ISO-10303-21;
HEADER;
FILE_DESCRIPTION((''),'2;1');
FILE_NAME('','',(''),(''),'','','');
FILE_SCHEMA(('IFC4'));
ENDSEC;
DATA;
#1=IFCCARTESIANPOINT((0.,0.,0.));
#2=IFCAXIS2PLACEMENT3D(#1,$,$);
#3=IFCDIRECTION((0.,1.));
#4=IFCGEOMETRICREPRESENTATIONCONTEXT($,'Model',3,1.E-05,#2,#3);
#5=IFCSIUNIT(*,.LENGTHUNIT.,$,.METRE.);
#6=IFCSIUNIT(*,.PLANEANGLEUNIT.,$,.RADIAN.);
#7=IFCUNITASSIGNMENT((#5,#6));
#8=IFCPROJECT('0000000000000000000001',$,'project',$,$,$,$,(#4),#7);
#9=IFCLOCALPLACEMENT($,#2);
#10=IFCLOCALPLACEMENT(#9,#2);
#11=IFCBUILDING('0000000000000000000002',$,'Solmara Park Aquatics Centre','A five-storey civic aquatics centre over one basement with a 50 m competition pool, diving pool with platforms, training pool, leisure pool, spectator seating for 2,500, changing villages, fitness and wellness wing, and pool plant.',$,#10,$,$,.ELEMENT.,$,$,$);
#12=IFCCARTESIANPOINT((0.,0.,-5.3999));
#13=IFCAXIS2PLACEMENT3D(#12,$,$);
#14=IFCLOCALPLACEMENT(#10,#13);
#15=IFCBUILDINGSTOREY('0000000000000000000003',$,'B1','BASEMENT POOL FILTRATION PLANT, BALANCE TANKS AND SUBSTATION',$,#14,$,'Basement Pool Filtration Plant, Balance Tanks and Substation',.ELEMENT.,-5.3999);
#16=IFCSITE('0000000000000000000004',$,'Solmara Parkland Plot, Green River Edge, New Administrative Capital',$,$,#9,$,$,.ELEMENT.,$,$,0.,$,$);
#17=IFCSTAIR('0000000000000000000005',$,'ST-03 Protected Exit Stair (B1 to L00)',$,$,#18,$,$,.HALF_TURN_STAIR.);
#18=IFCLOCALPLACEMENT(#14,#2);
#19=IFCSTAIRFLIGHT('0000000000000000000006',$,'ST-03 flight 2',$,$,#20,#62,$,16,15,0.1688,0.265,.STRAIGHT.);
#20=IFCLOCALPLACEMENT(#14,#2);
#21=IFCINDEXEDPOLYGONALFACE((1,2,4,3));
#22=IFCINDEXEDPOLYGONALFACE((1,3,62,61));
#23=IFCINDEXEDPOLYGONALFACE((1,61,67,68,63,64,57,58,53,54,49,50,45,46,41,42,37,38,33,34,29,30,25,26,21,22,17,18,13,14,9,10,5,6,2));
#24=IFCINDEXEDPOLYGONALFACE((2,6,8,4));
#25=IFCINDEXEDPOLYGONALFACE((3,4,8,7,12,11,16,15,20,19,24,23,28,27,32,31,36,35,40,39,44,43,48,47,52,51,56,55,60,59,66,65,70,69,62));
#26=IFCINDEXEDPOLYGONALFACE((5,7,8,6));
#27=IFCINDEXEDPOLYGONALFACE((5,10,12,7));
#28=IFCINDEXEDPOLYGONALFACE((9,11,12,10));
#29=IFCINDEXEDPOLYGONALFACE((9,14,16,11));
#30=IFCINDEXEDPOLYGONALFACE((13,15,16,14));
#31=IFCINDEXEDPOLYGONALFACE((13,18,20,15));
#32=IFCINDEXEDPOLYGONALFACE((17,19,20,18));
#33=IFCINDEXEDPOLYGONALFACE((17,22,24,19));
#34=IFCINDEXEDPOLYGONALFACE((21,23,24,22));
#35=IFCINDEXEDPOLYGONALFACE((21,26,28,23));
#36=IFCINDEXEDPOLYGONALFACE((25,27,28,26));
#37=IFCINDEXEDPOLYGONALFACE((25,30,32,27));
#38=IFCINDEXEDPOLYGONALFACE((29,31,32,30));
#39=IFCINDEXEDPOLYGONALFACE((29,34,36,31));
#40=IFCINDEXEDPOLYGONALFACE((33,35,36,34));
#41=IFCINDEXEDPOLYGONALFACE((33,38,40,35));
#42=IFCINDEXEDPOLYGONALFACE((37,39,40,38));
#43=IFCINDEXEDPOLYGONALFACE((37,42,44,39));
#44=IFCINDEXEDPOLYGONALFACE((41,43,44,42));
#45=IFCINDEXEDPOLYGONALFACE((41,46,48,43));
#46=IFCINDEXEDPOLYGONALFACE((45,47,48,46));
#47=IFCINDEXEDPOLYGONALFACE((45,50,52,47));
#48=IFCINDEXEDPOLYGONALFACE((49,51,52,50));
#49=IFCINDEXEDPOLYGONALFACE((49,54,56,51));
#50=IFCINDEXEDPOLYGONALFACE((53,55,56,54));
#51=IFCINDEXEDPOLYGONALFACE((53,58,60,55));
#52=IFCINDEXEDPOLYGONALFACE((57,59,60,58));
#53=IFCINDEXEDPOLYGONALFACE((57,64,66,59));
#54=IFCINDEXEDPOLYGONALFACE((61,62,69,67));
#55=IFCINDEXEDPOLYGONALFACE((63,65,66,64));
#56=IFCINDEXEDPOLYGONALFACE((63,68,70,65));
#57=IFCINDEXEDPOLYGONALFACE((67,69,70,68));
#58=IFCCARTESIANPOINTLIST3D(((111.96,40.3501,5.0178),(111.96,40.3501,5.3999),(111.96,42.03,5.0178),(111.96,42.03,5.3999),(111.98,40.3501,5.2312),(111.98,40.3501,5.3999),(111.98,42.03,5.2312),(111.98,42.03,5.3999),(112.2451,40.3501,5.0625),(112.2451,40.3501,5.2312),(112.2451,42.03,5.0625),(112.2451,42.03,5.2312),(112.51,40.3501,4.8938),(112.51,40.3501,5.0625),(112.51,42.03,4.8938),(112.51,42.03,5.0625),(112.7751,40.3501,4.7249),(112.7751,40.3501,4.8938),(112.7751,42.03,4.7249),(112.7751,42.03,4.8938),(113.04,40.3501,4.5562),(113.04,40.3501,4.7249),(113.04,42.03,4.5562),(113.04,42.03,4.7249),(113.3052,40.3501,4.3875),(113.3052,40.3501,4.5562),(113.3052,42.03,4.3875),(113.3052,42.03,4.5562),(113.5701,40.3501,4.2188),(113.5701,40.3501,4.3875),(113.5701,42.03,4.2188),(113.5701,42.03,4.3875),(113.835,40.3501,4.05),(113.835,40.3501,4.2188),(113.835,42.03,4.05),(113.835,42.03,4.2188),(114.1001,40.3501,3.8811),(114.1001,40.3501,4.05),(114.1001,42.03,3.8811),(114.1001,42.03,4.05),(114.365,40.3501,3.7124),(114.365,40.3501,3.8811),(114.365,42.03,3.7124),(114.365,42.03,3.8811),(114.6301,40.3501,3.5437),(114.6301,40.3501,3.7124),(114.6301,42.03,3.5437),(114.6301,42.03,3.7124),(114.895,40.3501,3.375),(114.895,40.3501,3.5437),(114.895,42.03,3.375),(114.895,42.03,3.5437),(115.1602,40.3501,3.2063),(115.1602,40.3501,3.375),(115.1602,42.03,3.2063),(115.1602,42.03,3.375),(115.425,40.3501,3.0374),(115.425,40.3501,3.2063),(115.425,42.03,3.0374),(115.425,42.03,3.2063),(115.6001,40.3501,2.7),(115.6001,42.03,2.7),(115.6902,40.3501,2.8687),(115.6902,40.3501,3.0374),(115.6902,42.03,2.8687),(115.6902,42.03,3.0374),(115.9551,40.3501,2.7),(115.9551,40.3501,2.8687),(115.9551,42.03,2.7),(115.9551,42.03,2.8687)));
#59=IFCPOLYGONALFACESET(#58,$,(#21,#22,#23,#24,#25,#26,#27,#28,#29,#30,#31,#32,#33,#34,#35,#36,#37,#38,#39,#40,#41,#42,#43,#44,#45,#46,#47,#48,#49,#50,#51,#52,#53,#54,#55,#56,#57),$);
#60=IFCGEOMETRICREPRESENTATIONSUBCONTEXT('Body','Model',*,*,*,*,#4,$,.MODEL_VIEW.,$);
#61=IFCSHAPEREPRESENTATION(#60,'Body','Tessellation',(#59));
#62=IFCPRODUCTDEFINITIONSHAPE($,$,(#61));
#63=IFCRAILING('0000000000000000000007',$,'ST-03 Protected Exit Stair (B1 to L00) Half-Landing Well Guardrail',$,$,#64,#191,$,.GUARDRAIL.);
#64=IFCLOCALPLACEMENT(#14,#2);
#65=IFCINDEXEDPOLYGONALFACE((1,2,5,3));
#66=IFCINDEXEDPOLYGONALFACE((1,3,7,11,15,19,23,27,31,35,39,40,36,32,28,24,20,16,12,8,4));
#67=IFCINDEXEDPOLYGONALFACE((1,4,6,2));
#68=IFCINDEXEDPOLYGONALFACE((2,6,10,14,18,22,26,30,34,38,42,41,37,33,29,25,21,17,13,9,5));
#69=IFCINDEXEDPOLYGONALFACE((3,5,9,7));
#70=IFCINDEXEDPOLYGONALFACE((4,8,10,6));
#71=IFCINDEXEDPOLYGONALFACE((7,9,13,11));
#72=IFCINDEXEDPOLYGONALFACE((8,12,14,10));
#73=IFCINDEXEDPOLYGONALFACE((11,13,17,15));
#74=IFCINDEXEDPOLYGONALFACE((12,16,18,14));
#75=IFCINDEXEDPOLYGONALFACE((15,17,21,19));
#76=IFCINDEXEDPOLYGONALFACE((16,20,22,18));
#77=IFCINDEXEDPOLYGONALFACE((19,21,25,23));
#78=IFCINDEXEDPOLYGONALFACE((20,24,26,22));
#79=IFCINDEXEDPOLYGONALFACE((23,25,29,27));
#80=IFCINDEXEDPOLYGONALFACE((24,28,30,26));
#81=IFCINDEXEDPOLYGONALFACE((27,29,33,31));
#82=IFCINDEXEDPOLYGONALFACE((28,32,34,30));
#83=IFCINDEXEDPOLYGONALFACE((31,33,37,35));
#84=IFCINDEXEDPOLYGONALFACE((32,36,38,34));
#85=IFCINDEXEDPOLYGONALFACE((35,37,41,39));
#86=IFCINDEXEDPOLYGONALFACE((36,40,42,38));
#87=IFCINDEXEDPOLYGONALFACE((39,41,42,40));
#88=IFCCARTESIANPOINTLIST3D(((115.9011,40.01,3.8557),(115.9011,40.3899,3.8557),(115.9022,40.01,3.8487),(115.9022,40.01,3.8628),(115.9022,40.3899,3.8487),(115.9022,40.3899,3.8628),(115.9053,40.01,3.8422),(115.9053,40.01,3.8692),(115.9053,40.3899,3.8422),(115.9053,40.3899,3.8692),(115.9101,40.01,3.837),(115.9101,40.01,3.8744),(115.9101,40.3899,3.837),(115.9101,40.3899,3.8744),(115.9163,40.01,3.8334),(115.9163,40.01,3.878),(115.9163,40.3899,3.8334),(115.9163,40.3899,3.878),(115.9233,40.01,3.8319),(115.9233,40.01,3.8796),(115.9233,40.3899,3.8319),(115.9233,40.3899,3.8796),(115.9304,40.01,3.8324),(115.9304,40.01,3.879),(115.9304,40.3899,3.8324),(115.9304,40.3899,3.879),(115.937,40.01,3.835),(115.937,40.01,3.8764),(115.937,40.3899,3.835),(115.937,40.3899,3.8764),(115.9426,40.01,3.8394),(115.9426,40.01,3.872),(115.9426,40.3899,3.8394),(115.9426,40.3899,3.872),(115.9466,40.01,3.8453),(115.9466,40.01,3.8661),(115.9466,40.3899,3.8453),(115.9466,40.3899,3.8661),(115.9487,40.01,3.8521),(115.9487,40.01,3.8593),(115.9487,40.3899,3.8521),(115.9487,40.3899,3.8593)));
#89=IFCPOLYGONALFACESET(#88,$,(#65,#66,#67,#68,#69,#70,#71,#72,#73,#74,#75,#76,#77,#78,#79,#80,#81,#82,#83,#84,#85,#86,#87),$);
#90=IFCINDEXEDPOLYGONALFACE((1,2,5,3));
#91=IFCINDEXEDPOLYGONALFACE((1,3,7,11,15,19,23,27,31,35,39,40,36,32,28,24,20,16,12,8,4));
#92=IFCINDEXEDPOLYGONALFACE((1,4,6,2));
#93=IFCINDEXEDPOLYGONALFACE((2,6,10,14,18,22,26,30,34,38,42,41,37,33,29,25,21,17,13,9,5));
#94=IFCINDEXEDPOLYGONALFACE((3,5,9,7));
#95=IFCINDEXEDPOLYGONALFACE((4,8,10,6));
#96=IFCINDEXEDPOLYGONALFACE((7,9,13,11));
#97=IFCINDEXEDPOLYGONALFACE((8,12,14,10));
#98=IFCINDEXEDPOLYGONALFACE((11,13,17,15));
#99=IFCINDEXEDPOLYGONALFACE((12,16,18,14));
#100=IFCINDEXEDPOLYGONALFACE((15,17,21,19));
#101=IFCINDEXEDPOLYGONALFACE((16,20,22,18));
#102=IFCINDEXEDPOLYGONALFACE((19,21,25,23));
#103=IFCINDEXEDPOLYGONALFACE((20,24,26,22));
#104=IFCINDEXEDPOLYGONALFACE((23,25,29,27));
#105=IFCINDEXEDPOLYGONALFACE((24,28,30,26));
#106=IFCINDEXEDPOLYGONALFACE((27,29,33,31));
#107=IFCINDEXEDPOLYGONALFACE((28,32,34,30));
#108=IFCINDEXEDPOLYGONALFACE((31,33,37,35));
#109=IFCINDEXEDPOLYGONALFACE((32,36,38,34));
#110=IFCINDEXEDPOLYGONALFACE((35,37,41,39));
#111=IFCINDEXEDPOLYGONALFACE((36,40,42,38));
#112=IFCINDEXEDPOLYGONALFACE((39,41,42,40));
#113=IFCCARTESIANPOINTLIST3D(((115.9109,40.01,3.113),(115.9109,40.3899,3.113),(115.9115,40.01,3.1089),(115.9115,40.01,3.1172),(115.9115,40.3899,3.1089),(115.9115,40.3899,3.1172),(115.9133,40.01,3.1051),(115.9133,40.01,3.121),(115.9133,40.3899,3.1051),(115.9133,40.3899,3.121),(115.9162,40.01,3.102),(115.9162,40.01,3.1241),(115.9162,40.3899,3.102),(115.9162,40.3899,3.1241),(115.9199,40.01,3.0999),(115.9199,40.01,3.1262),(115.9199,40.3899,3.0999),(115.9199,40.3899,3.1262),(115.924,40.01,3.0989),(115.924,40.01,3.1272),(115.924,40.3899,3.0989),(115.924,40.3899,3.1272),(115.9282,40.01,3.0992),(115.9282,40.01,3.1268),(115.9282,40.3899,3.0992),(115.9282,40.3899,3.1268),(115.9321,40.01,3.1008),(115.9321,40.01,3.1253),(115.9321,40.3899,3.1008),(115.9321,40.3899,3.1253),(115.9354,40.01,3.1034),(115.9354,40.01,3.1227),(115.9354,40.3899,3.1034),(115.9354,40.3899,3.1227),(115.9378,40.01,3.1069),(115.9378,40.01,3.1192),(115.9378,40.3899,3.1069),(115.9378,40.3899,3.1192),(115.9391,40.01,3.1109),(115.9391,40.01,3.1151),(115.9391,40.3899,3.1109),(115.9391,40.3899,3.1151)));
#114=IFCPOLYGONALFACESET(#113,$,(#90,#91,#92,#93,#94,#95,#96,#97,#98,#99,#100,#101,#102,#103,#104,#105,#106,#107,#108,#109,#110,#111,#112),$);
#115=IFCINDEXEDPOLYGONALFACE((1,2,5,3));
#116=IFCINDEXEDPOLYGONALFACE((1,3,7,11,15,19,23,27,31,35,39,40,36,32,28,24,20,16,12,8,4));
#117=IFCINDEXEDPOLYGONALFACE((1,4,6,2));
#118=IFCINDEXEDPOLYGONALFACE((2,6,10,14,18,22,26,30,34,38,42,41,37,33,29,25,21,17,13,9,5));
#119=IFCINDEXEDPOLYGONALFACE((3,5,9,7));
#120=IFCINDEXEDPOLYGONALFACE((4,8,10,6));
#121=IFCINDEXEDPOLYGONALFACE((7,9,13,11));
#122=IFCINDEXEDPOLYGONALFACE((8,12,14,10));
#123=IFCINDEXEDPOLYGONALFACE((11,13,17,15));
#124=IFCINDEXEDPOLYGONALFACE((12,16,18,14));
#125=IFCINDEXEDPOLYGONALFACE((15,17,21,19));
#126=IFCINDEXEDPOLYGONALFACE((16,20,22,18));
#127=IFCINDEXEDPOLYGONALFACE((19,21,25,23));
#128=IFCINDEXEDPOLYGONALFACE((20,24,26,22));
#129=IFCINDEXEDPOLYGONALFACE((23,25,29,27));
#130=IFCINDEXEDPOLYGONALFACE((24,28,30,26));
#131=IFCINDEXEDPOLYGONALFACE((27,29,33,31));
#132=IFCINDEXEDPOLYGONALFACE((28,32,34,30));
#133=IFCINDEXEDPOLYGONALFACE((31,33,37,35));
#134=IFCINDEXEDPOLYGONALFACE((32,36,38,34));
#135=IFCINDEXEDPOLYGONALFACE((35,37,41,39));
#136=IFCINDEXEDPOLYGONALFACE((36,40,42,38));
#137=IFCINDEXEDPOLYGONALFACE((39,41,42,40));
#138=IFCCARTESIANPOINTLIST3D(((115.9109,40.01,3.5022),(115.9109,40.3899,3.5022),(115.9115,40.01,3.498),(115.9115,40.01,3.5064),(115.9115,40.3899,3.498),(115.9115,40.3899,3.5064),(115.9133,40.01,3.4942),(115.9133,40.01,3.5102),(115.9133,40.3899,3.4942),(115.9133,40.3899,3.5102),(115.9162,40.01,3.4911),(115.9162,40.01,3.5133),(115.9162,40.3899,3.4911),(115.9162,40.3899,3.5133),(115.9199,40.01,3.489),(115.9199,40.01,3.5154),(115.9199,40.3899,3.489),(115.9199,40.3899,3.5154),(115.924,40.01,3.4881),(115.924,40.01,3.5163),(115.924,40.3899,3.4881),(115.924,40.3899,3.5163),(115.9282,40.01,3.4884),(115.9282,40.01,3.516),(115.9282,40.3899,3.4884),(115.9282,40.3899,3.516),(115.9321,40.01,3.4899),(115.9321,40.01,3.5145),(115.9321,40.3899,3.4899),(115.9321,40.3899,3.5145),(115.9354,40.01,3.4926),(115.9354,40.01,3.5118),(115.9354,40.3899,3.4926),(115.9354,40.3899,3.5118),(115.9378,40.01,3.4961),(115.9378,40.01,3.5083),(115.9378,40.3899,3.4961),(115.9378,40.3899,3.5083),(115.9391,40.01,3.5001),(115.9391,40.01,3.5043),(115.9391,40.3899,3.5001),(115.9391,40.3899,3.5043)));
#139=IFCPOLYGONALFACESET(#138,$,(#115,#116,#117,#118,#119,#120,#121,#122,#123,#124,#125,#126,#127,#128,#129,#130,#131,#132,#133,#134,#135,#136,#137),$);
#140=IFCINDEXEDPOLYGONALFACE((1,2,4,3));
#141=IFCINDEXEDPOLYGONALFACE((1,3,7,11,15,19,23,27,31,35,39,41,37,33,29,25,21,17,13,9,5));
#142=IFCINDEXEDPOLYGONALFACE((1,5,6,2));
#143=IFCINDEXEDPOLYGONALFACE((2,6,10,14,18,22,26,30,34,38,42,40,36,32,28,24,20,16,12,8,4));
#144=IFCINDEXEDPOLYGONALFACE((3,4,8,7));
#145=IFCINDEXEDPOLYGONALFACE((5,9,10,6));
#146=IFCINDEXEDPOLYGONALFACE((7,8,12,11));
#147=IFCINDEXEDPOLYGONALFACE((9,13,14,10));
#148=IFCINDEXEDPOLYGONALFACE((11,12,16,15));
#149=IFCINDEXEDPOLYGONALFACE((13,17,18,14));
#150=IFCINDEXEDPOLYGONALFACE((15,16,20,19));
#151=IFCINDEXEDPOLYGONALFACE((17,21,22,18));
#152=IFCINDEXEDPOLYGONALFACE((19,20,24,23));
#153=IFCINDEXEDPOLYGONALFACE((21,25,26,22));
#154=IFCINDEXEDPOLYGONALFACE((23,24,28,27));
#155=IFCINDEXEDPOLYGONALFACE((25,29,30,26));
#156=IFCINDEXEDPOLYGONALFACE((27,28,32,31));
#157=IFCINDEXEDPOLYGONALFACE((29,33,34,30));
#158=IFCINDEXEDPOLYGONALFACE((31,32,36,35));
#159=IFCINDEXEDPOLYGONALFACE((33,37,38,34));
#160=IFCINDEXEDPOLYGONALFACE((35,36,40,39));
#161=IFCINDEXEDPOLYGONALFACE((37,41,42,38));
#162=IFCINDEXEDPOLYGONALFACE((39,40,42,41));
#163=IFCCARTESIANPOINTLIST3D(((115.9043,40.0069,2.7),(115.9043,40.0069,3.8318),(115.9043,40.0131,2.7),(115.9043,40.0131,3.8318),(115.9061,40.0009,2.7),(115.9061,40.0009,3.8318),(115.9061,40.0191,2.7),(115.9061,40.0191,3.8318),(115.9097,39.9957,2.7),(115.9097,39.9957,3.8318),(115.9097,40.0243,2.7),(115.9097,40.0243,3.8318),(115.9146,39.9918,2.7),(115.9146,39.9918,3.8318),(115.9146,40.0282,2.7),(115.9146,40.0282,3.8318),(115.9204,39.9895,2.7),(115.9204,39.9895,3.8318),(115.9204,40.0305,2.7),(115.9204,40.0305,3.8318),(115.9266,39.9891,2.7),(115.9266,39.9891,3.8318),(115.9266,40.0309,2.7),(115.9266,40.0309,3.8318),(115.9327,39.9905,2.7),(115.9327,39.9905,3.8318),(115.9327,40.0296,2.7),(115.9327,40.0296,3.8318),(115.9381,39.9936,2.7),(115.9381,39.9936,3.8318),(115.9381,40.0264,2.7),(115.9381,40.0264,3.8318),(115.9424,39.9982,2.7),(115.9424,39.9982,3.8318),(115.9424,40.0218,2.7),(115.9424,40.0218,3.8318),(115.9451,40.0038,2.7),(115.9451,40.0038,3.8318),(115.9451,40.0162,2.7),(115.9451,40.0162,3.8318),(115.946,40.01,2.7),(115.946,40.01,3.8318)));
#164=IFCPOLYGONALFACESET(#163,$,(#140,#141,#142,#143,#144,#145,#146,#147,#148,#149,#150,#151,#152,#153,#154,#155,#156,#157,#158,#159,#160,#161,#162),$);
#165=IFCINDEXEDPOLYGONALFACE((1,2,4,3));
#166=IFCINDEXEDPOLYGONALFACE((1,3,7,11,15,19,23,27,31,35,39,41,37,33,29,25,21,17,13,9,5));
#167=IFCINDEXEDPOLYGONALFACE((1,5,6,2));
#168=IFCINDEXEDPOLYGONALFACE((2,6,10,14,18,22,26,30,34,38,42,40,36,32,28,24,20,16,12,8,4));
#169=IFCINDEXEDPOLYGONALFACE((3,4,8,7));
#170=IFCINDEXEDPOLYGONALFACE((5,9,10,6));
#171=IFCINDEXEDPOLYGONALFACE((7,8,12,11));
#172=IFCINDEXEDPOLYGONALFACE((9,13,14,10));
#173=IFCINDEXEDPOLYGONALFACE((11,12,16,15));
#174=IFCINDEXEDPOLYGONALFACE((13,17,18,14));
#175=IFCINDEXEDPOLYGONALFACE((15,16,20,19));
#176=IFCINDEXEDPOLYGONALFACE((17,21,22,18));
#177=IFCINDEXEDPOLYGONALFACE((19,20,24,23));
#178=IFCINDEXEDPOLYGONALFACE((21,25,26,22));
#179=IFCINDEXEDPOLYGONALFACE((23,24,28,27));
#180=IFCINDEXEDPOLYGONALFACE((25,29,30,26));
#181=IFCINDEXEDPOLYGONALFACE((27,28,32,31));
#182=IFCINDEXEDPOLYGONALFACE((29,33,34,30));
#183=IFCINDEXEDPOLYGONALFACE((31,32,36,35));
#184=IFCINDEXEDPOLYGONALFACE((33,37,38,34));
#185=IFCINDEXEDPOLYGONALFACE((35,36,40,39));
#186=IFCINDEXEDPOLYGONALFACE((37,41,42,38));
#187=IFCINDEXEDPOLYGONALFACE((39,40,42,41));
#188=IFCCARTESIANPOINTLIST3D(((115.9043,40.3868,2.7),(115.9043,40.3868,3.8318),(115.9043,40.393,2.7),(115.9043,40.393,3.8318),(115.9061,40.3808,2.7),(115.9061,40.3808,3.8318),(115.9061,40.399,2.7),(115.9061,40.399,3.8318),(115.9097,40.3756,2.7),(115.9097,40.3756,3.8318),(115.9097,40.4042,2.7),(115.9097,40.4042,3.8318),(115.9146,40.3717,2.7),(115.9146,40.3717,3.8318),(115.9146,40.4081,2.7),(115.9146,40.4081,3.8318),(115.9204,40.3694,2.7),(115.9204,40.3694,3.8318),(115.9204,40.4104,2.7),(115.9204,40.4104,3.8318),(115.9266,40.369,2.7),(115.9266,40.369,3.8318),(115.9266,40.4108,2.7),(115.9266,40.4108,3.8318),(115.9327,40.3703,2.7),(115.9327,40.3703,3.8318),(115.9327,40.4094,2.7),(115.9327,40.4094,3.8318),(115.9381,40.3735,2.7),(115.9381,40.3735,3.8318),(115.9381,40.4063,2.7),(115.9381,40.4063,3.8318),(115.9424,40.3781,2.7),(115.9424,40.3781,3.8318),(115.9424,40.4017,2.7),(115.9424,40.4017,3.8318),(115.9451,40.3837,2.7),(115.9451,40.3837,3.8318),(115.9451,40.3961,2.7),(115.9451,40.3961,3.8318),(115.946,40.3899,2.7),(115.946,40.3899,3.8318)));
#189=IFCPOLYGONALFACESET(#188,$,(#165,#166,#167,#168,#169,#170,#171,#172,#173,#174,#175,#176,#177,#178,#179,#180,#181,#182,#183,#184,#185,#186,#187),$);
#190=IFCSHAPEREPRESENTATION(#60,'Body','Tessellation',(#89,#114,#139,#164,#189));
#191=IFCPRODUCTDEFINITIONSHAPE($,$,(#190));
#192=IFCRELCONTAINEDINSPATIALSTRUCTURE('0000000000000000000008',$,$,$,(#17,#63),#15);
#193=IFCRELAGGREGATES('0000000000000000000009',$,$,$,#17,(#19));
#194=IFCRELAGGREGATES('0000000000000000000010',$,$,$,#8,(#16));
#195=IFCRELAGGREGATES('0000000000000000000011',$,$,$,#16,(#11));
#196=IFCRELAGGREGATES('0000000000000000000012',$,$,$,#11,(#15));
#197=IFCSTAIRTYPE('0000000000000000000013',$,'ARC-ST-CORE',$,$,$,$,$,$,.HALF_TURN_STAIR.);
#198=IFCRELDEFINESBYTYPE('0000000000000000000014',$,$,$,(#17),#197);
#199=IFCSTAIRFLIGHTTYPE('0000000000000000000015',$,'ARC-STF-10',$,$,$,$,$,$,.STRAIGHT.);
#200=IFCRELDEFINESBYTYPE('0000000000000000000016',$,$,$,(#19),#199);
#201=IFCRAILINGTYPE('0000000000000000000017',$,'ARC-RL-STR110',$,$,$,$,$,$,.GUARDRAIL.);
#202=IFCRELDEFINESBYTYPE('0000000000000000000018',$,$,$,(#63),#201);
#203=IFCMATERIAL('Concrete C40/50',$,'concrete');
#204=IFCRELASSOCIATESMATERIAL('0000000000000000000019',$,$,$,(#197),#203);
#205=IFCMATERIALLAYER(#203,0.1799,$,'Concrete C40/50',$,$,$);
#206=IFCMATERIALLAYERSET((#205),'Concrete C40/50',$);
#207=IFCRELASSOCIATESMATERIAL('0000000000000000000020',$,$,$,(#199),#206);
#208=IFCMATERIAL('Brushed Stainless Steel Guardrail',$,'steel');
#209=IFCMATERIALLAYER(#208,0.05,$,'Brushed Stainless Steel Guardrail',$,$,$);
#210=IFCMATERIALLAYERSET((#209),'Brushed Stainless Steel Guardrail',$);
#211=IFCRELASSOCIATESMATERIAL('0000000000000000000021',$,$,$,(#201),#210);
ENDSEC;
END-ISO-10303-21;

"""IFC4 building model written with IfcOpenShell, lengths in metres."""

from ifc_helpers import new_model, si_unit, direction, frame, origin, origin_2d, place, context, subcontext, project, spatial, polyline, circle, outline, extrude, material, layer, layer_set, type_object, element, aggregate, save


model = new_model("IFC4")

# Units and contexts
model_context = context("Model", 3, precision=1e-05, world=origin(), true_north=direction((0.0, 1.0)))
body_context = subcontext(model_context, "Body", "Model", "MODEL_VIEW")
ifc_project = project(units=[si_unit("LENGTHUNIT", "METRE"), si_unit("PLANEANGLEUNIT", "RADIAN")], contexts=[model_context])

# Site, building, storey
site_placement = place(None, origin())
site = spatial("IfcSite", under=ifc_project, at=site_placement, Name="Solmara Parkland Plot, Green River Edge, New Administrative Capital", CompositionType="ELEMENT", RefElevation=0.0)
building_placement = place(site_placement, origin())
building = spatial("IfcBuilding", under=site, at=building_placement, Name="Solmara Park Aquatics Centre", Description="A five-storey civic aquatics centre over one basement with a 50 m competition pool, diving pool with platforms, training pool, leisure pool, spectator seating for 2,500, changing villages, fitness and wellness wing, and pool plant.", CompositionType="ELEMENT")
storey_placement = place(building_placement, frame((0.0, 0.0, -5.3999)))
storey = spatial("IfcBuildingStorey", under=building, at=storey_placement, Name="B1", Description="BASEMENT POOL FILTRATION PLANT, BALANCE TANKS AND SUBSTATION", LongName="Basement Pool Filtration Plant, Balance Tanks and Substation", CompositionType="ELEMENT", Elevation=-5.3999)

# Shared definitions
ifc_material_1 = material(Name="Concrete C40/50", Category="concrete")

# Stair, stair flight
stair_type = type_object("IfcStairType", Name="ARC-ST-CORE", PredefinedType="HALF_TURN_STAIR", material=ifc_material_1)
stair_placement = place(storey_placement, origin())
stair = element("IfcStair", 1, at=stair_placement, inside=storey, type_object=stair_type, Name="ST-03 Protected Exit Stair (B1 to L00)", PredefinedType="HALF_TURN_STAIR")
ifc_layer_1 = layer(ifc_material_1, 0.1799, Name="Concrete C40/50")
ifc_layer_set_1 = layer_set([ifc_layer_1], Name="Concrete C40/50")
stair_flight_type = type_object("IfcStairFlightType", Name="ARC-STF-10", PredefinedType="STRAIGHT", material=ifc_layer_set_1)
stair_flight_1_placement = place(storey_placement, frame((115.9551, 41.1899, 2.7), z_axis=(0.0, 0.0, 1.0), x_axis=(-1.0, 0.0, 0.0)))
stair_flight_1 = element("IfcStairFlight", 2, at=stair_flight_1_placement, type_object=stair_flight_type, Name="ST-03 flight 2", NumberOfRisers=16, NumberOfTreads=15, PredefinedType="STRAIGHT", RiserHeight=0.1688, TreadLength=0.265, context=body_context, shape_type="SweptSolid", body=[
    extrude(outline(polyline([(0.0, 0.0), (0.0, 0.1687), (0.2649, 0.1687), (0.2649, 0.3374), (0.53, 0.3374), (0.53, 0.5063), (0.7949, 0.5063), (0.7949, 0.675), (1.0601, 0.675), (1.0601, 0.8438), (1.325, 0.8438), (1.325, 1.0125), (1.5901, 1.0125), (1.5901, 1.1812), (1.855, 1.1812), (1.855, 1.3501), (2.1201, 1.3501), (2.1201, 1.5188), (2.385, 1.5188), (2.385, 1.6875), (2.6499, 1.6875), (2.6499, 1.8562), (2.915, 1.8562), (2.915, 2.0249), (3.1799, 2.0249), (3.1799, 2.1938), (3.4451, 2.1938), (3.4451, 2.3625), (3.71, 2.3625), (3.71, 2.5312), (3.9751, 2.5312), (3.9751, 2.7), (3.9951, 2.7), (3.9951, 2.3179), (0.355, 0.0), (0.0, 0.0)])), frame((0.0, 0.8398, 0.0), z_axis=(0.0, -1.0, 0.0), x_axis=(1.0, 0.0, 0.0)), (0.0, 0.0, 1.0), 1.6799),
])
aggregate(stair, [stair_flight_1])

# Railing
ifc_material_2 = material(Name="Brushed Stainless Steel Guardrail", Category="steel")
ifc_layer_2 = layer(ifc_material_2, 0.05, Name="Brushed Stainless Steel Guardrail")
ifc_layer_set_2 = layer_set([ifc_layer_2], Name="Brushed Stainless Steel Guardrail")
railing_type_1 = type_object("IfcRailingType", Name="ARC-RL-STR110", PredefinedType="GUARDRAIL", material=ifc_layer_set_2)
railing_1_placement = place(storey_placement, frame((115.925, 40.01, 2.7)))
element("IfcRailing", 3, at=railing_1_placement, inside=storey, type_object=railing_type_1, Name="ST-03 Protected Exit Stair (B1 to L00) Half-Landing Well Guardrail", PredefinedType="GUARDRAIL", context=body_context, shape_type="SweptSolid", body=[
    extrude(circle(Radius=0.0239, at=origin_2d()), frame((0.0, 0.0, 1.1558), z_axis=(0.0, 1.0, 0.0), x_axis=(-1.0, 0.0, 0.0)), (0.0, 0.0, 1.0), 0.3799),
    extrude(circle(Radius=0.0142, at=origin_2d()), frame((0.0, 0.0, 0.4131), z_axis=(0.0, 1.0, 0.0), x_axis=(-1.0, 0.0, 0.0)), (0.0, 0.0, 1.0), 0.3799),
    extrude(circle(Radius=0.0142, at=origin_2d()), frame((0.0, 0.0, 0.8022), z_axis=(0.0, 1.0, 0.0), x_axis=(-1.0, 0.0, 0.0)), (0.0, 0.0, 1.0), 0.3799),
    extrude(circle(Radius=0.021, at=origin_2d()), origin(), (0.0, 0.0, 1.0), 1.1318),
    extrude(circle(Radius=0.021, at=origin_2d()), frame((0.0, 0.3799, 0.0)), (0.0, 0.0, 1.0), 1.1318),
])

save(model, "model.ifc")
